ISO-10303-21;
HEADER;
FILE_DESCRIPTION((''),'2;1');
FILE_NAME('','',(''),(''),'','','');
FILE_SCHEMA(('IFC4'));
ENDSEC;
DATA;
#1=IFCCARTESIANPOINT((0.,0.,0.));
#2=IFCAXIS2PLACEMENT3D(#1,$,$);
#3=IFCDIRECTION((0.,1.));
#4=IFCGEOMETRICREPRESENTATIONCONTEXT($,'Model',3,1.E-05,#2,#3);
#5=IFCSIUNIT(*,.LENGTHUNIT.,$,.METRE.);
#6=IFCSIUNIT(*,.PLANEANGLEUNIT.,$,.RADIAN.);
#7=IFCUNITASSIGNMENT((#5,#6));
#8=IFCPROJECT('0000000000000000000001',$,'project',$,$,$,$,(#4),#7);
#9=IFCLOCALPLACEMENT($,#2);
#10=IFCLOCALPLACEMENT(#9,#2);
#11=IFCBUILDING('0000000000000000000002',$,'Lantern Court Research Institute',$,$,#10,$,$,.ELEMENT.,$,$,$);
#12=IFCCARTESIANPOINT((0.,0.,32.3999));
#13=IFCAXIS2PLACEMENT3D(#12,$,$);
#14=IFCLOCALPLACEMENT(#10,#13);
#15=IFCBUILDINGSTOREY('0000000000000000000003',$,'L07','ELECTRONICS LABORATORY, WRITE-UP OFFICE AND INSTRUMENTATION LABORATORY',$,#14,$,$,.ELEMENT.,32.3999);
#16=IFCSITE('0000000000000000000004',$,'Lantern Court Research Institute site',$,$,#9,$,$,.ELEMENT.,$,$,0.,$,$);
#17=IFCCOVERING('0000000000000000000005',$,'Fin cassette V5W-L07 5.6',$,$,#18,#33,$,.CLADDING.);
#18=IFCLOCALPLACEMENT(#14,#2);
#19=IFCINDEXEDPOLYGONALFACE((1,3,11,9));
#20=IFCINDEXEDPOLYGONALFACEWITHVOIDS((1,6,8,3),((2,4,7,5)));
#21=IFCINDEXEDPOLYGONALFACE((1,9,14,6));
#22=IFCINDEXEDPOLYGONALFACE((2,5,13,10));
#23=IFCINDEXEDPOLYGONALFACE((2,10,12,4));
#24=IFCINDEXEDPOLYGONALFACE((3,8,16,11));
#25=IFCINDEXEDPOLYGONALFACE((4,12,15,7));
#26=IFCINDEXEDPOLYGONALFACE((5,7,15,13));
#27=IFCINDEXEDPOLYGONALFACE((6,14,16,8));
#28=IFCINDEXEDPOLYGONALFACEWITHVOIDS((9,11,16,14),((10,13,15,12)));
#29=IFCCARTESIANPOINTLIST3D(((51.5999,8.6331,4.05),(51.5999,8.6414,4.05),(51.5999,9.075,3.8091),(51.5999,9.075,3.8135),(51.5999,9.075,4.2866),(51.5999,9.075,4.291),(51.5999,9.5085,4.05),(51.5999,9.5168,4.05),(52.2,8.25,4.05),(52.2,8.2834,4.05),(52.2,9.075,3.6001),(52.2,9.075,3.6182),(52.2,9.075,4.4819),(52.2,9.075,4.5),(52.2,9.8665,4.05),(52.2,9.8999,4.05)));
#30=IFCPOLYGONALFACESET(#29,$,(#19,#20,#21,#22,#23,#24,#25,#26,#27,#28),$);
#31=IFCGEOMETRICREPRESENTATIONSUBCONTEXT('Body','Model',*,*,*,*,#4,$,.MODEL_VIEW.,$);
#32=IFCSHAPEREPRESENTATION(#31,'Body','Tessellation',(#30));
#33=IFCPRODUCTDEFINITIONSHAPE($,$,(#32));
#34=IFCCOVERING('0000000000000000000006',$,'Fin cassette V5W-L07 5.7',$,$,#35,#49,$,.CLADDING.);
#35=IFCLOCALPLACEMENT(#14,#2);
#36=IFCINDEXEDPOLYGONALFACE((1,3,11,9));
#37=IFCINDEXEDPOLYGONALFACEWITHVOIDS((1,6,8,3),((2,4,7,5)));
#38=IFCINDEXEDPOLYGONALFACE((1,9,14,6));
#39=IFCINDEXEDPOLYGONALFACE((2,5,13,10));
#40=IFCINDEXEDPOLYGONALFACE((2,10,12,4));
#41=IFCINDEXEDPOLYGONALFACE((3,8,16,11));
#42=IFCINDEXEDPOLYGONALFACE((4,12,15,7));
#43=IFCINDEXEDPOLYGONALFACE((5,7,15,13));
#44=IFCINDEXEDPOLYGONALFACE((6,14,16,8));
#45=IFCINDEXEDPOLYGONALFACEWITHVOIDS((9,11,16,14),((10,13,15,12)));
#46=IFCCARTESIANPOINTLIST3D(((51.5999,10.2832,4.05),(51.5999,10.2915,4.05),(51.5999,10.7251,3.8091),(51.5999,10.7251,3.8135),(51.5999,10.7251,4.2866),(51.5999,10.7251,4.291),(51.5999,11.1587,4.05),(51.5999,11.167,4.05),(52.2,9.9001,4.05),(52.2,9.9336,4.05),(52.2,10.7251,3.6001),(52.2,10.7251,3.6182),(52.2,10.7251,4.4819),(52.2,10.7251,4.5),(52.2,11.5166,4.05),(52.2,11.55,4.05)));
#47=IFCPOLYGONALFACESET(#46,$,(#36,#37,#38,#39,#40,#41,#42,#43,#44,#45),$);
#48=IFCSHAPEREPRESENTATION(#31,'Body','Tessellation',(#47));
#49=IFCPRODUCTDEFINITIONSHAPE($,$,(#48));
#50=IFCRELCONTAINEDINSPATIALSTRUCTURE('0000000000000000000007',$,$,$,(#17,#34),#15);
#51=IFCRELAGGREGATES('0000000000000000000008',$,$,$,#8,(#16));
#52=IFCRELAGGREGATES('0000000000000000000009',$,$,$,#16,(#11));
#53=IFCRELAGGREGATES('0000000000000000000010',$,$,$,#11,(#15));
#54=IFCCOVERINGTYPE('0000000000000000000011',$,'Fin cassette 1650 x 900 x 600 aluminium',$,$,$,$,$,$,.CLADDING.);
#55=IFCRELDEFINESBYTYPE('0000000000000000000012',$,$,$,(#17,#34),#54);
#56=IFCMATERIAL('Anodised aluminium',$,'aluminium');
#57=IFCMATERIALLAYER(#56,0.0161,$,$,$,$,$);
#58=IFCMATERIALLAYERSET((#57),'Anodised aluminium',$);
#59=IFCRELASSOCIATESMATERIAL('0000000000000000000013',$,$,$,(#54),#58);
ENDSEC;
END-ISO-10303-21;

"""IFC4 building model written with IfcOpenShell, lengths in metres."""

from ifc_helpers import new_model, entity, si_unit, direction, frame, origin, place, context, subcontext, project, spatial, material, layer, layer_set, type_object, element, save


model = new_model("IFC4")

# Units and contexts
model_context = context("Model", 3, precision=1e-05, world=origin(), true_north=direction((0.0, 1.0)))
body_context = subcontext(model_context, "Body", "Model", "MODEL_VIEW")
ifc_project = project(units=[si_unit("LENGTHUNIT", "METRE"), si_unit("PLANEANGLEUNIT", "RADIAN")], contexts=[model_context])

# Site, building, storey
site_placement = place(None, origin())
site = spatial("IfcSite", under=ifc_project, at=site_placement, Name="Lantern Court Research Institute site", CompositionType="ELEMENT", RefElevation=0.0)
building_placement = place(site_placement, origin())
building = spatial("IfcBuilding", under=site, at=building_placement, Name="Lantern Court Research Institute", CompositionType="ELEMENT")
storey_placement = place(building_placement, frame((0.0, 0.0, 32.3999)))
storey = spatial("IfcBuildingStorey", under=building, at=storey_placement, Name="L07", Description="ELECTRONICS LABORATORY, WRITE-UP OFFICE AND INSTRUMENTATION LABORATORY", CompositionType="ELEMENT", Elevation=32.3999)

# Coverings
ifc_material_1 = material(Name="Anodised aluminium", Category="aluminium")
ifc_layer_1 = layer(ifc_material_1, 0.0161)
ifc_layer_set_1 = layer_set([ifc_layer_1], Name="Anodised aluminium")
covering_type = type_object("IfcCoveringType", Name="Fin cassette 1650 x 900 x 600 aluminium", PredefinedType="CLADDING", material=ifc_layer_set_1)
covering_1_placement = place(storey_placement, frame((52.2, 9.075, 4.05), z_axis=(-1.0, 0.0, 0.0), x_axis=(0.0, -1.0, 0.0)))
cartesian_point_1 = entity("IfcCartesianPoint", [0.825, 0.0])
cartesian_point_2 = entity("IfcCartesianPoint", [0.7915, 0.0])
cartesian_point_3 = entity("IfcCartesianPoint", [0.4419, 0.0])
cartesian_point_4 = entity("IfcCartesianPoint", [0.4336, 0.0])
element("IfcCovering", 1, at=covering_1_placement, inside=storey, type_object=covering_type, Name="Fin cassette V5W-L07 5.6", PredefinedType="CLADDING", context=body_context, shape_type="SweptSolid", body=[
    entity("IfcExtrudedAreaSolidTapered", entity("IfcArbitraryProfileDefWithVoids", "AREA", None, entity("IfcPolyline", [cartesian_point_1, entity("IfcCartesianPoint", [0.0, 0.45]), entity("IfcCartesianPoint", [-0.825, 0.0]), entity("IfcCartesianPoint", [0.0, -0.45]), cartesian_point_1]), [entity("IfcPolyline", [cartesian_point_2, entity("IfcCartesianPoint", [0.0, 0.4319]), entity("IfcCartesianPoint", [-0.7915, 0.0]), entity("IfcCartesianPoint", [0.0, -0.4319]), cartesian_point_2])]), entity("IfcAxis2Placement3D", entity("IfcCartesianPoint", [0.0, 0.0, 0.0])), entity("IfcDirection", [0.0, 0.0, 1.0]), 0.6001, entity("IfcArbitraryProfileDefWithVoids", "AREA", None, entity("IfcPolyline", [cartesian_point_3, entity("IfcCartesianPoint", [0.0, 0.241]), entity("IfcCartesianPoint", [-0.4419, 0.0]), entity("IfcCartesianPoint", [0.0, -0.241]), cartesian_point_3]), [entity("IfcPolyline", [cartesian_point_4, entity("IfcCartesianPoint", [0.0, 0.2366]), entity("IfcCartesianPoint", [-0.4336, 0.0]), entity("IfcCartesianPoint", [0.0, -0.2366]), cartesian_point_4])])),
])
covering_2_placement = place(storey_placement, frame((52.2, 10.7251, 4.05), z_axis=(-1.0, 0.0, 0.0), x_axis=(0.0, -1.0, 0.0)))
cartesian_point_5 = entity("IfcCartesianPoint", [0.825, 0.0])
cartesian_point_6 = entity("IfcCartesianPoint", [0.7915, 0.0])
cartesian_point_7 = entity("IfcCartesianPoint", [0.4419, 0.0])
cartesian_point_8 = entity("IfcCartesianPoint", [0.4336, 0.0])
element("IfcCovering", 2, at=covering_2_placement, inside=storey, type_object=covering_type, Name="Fin cassette V5W-L07 5.7", PredefinedType="CLADDING", context=body_context, shape_type="SweptSolid", body=[
    entity("IfcExtrudedAreaSolidTapered", entity("IfcArbitraryProfileDefWithVoids", "AREA", None, entity("IfcPolyline", [cartesian_point_5, entity("IfcCartesianPoint", [0.0, 0.45]), entity("IfcCartesianPoint", [-0.825, 0.0]), entity("IfcCartesianPoint", [0.0, -0.45]), cartesian_point_5]), [entity("IfcPolyline", [cartesian_point_6, entity("IfcCartesianPoint", [0.0, 0.4319]), entity("IfcCartesianPoint", [-0.7915, 0.0]), entity("IfcCartesianPoint", [0.0, -0.4319]), cartesian_point_6])]), entity("IfcAxis2Placement3D", entity("IfcCartesianPoint", [0.0, 0.0, 0.0])), entity("IfcDirection", [0.0, 0.0, 1.0]), 0.6001, entity("IfcArbitraryProfileDefWithVoids", "AREA", None, entity("IfcPolyline", [cartesian_point_7, entity("IfcCartesianPoint", [0.0, 0.241]), entity("IfcCartesianPoint", [-0.4419, 0.0]), entity("IfcCartesianPoint", [0.0, -0.241]), cartesian_point_7]), [entity("IfcPolyline", [cartesian_point_8, entity("IfcCartesianPoint", [0.0, 0.2366]), entity("IfcCartesianPoint", [-0.4336, 0.0]), entity("IfcCartesianPoint", [0.0, -0.2366]), cartesian_point_8])])),
])

save(model, "model.ifc")
